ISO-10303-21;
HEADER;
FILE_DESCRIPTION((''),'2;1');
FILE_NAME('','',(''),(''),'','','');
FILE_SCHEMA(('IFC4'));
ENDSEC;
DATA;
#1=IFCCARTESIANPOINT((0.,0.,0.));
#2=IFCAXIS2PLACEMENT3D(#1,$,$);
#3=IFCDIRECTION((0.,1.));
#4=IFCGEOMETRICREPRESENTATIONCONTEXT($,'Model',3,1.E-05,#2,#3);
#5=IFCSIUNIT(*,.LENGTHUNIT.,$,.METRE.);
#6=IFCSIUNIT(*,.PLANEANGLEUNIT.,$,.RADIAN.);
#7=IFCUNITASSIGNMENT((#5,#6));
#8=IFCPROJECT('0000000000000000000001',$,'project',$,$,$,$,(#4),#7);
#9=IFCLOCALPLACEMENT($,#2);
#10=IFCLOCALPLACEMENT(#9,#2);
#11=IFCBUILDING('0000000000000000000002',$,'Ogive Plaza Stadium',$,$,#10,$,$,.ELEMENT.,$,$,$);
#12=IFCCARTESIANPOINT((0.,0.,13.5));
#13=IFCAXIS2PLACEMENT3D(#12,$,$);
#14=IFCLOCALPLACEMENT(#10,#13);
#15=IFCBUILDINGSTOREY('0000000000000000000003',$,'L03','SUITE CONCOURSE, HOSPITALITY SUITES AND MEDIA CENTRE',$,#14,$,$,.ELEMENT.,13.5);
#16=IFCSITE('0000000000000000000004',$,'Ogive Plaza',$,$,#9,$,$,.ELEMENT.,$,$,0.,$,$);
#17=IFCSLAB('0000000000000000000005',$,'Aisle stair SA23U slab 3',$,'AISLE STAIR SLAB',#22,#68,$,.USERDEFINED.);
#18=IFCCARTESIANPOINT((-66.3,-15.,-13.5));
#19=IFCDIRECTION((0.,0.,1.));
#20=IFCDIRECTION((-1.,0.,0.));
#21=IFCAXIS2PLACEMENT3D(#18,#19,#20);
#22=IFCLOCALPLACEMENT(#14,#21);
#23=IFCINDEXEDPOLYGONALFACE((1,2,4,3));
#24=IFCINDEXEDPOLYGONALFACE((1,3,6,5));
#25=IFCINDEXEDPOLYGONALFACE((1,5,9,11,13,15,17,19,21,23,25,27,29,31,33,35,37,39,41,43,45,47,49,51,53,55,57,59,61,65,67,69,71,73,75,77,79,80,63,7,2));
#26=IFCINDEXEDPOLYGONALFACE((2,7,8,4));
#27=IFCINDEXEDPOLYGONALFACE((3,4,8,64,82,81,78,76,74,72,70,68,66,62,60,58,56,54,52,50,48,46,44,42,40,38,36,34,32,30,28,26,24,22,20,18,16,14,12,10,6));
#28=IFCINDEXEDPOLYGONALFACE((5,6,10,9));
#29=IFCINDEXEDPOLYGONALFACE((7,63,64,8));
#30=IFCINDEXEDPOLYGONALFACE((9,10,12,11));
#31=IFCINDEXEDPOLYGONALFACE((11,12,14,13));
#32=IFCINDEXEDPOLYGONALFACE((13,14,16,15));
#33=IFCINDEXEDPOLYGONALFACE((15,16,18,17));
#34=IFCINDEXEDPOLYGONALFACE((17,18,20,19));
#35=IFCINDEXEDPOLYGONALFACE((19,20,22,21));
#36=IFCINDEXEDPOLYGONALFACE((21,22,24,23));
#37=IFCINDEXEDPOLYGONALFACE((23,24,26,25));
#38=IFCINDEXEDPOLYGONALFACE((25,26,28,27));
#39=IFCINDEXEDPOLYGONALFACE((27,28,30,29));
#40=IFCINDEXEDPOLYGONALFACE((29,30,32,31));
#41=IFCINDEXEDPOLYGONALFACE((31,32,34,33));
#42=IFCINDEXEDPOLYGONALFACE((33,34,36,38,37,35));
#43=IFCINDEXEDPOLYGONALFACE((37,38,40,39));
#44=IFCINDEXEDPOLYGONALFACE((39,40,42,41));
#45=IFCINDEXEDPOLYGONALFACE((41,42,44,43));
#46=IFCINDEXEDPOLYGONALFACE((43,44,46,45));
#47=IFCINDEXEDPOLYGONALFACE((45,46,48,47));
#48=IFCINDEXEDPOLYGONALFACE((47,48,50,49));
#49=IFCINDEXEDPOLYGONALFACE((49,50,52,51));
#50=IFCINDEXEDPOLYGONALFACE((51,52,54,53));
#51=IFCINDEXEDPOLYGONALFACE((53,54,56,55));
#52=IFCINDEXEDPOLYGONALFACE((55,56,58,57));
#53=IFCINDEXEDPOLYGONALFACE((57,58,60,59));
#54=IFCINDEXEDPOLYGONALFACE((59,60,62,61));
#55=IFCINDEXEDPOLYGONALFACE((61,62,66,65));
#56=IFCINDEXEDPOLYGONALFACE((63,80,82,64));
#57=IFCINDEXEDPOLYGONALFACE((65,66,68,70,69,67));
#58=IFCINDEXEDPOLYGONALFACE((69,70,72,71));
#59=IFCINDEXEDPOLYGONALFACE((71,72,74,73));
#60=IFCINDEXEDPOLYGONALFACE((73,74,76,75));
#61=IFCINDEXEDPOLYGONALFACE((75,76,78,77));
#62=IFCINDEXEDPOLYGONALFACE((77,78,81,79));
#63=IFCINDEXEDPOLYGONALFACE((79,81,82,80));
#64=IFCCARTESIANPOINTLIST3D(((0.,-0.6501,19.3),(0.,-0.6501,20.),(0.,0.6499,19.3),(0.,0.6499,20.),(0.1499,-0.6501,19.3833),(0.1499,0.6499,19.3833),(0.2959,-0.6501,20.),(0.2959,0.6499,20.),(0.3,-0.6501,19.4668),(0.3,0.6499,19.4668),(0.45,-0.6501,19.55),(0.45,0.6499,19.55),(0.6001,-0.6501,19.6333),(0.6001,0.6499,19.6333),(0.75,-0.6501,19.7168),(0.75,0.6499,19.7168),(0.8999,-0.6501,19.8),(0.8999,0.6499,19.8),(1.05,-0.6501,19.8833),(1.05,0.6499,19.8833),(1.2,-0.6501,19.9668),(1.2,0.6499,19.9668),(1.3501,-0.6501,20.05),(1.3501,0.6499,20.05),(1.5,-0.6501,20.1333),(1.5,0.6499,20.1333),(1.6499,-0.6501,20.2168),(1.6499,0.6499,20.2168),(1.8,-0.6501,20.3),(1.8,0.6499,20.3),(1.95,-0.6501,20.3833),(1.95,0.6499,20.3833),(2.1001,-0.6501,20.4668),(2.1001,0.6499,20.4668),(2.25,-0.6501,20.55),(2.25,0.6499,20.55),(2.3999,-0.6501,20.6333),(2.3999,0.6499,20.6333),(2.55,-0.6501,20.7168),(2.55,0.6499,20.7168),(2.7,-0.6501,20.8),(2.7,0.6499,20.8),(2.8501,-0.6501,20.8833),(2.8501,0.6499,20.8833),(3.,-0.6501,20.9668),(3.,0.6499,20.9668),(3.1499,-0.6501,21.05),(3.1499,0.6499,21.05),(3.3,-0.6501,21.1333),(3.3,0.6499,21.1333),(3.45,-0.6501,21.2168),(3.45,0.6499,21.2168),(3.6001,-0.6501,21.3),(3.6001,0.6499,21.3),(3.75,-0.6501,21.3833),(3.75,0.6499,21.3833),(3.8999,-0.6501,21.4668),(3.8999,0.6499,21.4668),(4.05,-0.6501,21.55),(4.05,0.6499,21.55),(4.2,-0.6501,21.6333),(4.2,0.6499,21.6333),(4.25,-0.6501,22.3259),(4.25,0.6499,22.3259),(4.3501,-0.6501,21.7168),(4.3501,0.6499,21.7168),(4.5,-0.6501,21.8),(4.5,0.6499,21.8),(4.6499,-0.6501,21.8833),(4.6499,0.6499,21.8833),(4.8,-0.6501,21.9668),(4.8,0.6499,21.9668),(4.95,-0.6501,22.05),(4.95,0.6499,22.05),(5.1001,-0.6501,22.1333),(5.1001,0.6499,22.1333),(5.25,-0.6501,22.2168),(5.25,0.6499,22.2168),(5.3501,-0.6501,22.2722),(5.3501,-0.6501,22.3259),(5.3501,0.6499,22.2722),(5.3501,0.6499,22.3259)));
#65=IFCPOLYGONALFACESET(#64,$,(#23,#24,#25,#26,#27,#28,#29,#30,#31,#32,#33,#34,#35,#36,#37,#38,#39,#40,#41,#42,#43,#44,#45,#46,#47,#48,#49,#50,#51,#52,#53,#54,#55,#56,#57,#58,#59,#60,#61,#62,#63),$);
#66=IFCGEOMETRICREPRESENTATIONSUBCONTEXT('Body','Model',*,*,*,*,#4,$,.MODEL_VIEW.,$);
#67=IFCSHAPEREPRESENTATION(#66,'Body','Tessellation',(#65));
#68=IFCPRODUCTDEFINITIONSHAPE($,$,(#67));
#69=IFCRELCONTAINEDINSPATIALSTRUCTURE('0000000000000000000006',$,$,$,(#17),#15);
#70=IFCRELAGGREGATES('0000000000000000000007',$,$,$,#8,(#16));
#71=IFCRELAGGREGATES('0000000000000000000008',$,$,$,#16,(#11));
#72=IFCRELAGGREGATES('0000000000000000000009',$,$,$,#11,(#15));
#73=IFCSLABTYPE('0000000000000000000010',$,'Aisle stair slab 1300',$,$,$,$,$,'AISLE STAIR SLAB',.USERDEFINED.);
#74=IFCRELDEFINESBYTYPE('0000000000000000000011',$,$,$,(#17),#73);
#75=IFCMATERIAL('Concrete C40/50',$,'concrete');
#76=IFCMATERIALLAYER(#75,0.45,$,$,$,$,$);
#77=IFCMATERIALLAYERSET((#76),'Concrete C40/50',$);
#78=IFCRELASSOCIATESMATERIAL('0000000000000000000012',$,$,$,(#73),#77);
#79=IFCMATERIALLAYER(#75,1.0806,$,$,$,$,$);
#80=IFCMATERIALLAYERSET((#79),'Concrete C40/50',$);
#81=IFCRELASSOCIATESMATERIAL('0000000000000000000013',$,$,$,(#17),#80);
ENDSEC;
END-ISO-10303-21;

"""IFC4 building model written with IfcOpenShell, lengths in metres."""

from ifc_helpers import new_model, si_unit, direction, frame, origin, place, context, subcontext, project, spatial, polyline, outline, extrude, material, layer, layer_set, type_object, element, save


model = new_model("IFC4")

# Units and contexts
model_context = context("Model", 3, precision=1e-05, world=origin(), true_north=direction((0.0, 1.0)))
body_context = subcontext(model_context, "Body", "Model", "MODEL_VIEW")
ifc_project = project(units=[si_unit("LENGTHUNIT", "METRE"), si_unit("PLANEANGLEUNIT", "RADIAN")], contexts=[model_context])

# Site, building, storey
site_placement = place(None, origin())
site = spatial("IfcSite", under=ifc_project, at=site_placement, Name="Ogive Plaza", CompositionType="ELEMENT", RefElevation=0.0)
building_placement = place(site_placement, origin())
building = spatial("IfcBuilding", under=site, at=building_placement, Name="Ogive Plaza Stadium", CompositionType="ELEMENT")
storey_placement = place(building_placement, frame((0.0, 0.0, 13.5)))
storey = spatial("IfcBuildingStorey", under=building, at=storey_placement, Name="L03", Description="SUITE CONCOURSE, HOSPITALITY SUITES AND MEDIA CENTRE", CompositionType="ELEMENT", Elevation=13.5)

# Slab
ifc_material_1 = material(Name="Concrete C40/50", Category="concrete")
ifc_layer_1 = layer(ifc_material_1, 1.0806)
ifc_layer_set_1 = layer_set([ifc_layer_1], Name="Concrete C40/50")
ifc_layer_2 = layer(ifc_material_1, 0.45)
ifc_layer_set_2 = layer_set([ifc_layer_2], Name="Concrete C40/50")
slab_type = type_object("IfcSlabType", Name="Aisle stair slab 1300", ElementType="AISLE STAIR SLAB", PredefinedType="USERDEFINED", material=ifc_layer_set_2)
slab_placement = place(storey_placement, frame((-66.3, -15.0, -13.5), z_axis=(0.0, 0.0, 1.0), x_axis=(-1.0, 0.0, 0.0)))
element("IfcSlab", 1, at=slab_placement, inside=storey, type_object=slab_type, material=ifc_layer_set_1, Name="Aisle stair SA23U slab 3", ObjectType="AISLE STAIR SLAB", PredefinedType="USERDEFINED", context=body_context, shape_type="SweptSolid", body=[
    extrude(outline(polyline([(0.0, 20.0), (0.2959, 20.0), (4.25, 22.3259), (5.3501, 22.3259), (5.3501, 22.2722), (5.25, 22.2168), (5.1001, 22.1333), (4.95, 22.05), (4.8, 21.9668), (4.6499, 21.8833), (4.5, 21.8), (4.3501, 21.7168), (4.2, 21.6333), (4.05, 21.55), (3.8999, 21.4668), (3.75, 21.3833), (3.6001, 21.3), (3.45, 21.2168), (3.3, 21.1333), (3.1499, 21.05), (3.0, 20.9668), (2.8501, 20.8833), (2.7, 20.8), (2.55, 20.7168), (2.3999, 20.6333), (2.25, 20.55), (2.1001, 20.4668), (1.95, 20.3833), (1.8, 20.3), (1.6499, 20.2168), (1.5, 20.1333), (1.3501, 20.05), (1.2, 19.9668), (1.05, 19.8833), (0.8999, 19.8), (0.75, 19.7168), (0.6001, 19.6333), (0.45, 19.55), (0.3, 19.4668), (0.1499, 19.3833), (0.0, 19.3), (0.0, 20.0)])), frame((0.0, 0.6499, 0.0), z_axis=(0.0, -1.0, 0.0), x_axis=(1.0, 0.0, 0.0)), (0.0, 0.0, 1.0), 1.3),
])

save(model, "model.ifc")
